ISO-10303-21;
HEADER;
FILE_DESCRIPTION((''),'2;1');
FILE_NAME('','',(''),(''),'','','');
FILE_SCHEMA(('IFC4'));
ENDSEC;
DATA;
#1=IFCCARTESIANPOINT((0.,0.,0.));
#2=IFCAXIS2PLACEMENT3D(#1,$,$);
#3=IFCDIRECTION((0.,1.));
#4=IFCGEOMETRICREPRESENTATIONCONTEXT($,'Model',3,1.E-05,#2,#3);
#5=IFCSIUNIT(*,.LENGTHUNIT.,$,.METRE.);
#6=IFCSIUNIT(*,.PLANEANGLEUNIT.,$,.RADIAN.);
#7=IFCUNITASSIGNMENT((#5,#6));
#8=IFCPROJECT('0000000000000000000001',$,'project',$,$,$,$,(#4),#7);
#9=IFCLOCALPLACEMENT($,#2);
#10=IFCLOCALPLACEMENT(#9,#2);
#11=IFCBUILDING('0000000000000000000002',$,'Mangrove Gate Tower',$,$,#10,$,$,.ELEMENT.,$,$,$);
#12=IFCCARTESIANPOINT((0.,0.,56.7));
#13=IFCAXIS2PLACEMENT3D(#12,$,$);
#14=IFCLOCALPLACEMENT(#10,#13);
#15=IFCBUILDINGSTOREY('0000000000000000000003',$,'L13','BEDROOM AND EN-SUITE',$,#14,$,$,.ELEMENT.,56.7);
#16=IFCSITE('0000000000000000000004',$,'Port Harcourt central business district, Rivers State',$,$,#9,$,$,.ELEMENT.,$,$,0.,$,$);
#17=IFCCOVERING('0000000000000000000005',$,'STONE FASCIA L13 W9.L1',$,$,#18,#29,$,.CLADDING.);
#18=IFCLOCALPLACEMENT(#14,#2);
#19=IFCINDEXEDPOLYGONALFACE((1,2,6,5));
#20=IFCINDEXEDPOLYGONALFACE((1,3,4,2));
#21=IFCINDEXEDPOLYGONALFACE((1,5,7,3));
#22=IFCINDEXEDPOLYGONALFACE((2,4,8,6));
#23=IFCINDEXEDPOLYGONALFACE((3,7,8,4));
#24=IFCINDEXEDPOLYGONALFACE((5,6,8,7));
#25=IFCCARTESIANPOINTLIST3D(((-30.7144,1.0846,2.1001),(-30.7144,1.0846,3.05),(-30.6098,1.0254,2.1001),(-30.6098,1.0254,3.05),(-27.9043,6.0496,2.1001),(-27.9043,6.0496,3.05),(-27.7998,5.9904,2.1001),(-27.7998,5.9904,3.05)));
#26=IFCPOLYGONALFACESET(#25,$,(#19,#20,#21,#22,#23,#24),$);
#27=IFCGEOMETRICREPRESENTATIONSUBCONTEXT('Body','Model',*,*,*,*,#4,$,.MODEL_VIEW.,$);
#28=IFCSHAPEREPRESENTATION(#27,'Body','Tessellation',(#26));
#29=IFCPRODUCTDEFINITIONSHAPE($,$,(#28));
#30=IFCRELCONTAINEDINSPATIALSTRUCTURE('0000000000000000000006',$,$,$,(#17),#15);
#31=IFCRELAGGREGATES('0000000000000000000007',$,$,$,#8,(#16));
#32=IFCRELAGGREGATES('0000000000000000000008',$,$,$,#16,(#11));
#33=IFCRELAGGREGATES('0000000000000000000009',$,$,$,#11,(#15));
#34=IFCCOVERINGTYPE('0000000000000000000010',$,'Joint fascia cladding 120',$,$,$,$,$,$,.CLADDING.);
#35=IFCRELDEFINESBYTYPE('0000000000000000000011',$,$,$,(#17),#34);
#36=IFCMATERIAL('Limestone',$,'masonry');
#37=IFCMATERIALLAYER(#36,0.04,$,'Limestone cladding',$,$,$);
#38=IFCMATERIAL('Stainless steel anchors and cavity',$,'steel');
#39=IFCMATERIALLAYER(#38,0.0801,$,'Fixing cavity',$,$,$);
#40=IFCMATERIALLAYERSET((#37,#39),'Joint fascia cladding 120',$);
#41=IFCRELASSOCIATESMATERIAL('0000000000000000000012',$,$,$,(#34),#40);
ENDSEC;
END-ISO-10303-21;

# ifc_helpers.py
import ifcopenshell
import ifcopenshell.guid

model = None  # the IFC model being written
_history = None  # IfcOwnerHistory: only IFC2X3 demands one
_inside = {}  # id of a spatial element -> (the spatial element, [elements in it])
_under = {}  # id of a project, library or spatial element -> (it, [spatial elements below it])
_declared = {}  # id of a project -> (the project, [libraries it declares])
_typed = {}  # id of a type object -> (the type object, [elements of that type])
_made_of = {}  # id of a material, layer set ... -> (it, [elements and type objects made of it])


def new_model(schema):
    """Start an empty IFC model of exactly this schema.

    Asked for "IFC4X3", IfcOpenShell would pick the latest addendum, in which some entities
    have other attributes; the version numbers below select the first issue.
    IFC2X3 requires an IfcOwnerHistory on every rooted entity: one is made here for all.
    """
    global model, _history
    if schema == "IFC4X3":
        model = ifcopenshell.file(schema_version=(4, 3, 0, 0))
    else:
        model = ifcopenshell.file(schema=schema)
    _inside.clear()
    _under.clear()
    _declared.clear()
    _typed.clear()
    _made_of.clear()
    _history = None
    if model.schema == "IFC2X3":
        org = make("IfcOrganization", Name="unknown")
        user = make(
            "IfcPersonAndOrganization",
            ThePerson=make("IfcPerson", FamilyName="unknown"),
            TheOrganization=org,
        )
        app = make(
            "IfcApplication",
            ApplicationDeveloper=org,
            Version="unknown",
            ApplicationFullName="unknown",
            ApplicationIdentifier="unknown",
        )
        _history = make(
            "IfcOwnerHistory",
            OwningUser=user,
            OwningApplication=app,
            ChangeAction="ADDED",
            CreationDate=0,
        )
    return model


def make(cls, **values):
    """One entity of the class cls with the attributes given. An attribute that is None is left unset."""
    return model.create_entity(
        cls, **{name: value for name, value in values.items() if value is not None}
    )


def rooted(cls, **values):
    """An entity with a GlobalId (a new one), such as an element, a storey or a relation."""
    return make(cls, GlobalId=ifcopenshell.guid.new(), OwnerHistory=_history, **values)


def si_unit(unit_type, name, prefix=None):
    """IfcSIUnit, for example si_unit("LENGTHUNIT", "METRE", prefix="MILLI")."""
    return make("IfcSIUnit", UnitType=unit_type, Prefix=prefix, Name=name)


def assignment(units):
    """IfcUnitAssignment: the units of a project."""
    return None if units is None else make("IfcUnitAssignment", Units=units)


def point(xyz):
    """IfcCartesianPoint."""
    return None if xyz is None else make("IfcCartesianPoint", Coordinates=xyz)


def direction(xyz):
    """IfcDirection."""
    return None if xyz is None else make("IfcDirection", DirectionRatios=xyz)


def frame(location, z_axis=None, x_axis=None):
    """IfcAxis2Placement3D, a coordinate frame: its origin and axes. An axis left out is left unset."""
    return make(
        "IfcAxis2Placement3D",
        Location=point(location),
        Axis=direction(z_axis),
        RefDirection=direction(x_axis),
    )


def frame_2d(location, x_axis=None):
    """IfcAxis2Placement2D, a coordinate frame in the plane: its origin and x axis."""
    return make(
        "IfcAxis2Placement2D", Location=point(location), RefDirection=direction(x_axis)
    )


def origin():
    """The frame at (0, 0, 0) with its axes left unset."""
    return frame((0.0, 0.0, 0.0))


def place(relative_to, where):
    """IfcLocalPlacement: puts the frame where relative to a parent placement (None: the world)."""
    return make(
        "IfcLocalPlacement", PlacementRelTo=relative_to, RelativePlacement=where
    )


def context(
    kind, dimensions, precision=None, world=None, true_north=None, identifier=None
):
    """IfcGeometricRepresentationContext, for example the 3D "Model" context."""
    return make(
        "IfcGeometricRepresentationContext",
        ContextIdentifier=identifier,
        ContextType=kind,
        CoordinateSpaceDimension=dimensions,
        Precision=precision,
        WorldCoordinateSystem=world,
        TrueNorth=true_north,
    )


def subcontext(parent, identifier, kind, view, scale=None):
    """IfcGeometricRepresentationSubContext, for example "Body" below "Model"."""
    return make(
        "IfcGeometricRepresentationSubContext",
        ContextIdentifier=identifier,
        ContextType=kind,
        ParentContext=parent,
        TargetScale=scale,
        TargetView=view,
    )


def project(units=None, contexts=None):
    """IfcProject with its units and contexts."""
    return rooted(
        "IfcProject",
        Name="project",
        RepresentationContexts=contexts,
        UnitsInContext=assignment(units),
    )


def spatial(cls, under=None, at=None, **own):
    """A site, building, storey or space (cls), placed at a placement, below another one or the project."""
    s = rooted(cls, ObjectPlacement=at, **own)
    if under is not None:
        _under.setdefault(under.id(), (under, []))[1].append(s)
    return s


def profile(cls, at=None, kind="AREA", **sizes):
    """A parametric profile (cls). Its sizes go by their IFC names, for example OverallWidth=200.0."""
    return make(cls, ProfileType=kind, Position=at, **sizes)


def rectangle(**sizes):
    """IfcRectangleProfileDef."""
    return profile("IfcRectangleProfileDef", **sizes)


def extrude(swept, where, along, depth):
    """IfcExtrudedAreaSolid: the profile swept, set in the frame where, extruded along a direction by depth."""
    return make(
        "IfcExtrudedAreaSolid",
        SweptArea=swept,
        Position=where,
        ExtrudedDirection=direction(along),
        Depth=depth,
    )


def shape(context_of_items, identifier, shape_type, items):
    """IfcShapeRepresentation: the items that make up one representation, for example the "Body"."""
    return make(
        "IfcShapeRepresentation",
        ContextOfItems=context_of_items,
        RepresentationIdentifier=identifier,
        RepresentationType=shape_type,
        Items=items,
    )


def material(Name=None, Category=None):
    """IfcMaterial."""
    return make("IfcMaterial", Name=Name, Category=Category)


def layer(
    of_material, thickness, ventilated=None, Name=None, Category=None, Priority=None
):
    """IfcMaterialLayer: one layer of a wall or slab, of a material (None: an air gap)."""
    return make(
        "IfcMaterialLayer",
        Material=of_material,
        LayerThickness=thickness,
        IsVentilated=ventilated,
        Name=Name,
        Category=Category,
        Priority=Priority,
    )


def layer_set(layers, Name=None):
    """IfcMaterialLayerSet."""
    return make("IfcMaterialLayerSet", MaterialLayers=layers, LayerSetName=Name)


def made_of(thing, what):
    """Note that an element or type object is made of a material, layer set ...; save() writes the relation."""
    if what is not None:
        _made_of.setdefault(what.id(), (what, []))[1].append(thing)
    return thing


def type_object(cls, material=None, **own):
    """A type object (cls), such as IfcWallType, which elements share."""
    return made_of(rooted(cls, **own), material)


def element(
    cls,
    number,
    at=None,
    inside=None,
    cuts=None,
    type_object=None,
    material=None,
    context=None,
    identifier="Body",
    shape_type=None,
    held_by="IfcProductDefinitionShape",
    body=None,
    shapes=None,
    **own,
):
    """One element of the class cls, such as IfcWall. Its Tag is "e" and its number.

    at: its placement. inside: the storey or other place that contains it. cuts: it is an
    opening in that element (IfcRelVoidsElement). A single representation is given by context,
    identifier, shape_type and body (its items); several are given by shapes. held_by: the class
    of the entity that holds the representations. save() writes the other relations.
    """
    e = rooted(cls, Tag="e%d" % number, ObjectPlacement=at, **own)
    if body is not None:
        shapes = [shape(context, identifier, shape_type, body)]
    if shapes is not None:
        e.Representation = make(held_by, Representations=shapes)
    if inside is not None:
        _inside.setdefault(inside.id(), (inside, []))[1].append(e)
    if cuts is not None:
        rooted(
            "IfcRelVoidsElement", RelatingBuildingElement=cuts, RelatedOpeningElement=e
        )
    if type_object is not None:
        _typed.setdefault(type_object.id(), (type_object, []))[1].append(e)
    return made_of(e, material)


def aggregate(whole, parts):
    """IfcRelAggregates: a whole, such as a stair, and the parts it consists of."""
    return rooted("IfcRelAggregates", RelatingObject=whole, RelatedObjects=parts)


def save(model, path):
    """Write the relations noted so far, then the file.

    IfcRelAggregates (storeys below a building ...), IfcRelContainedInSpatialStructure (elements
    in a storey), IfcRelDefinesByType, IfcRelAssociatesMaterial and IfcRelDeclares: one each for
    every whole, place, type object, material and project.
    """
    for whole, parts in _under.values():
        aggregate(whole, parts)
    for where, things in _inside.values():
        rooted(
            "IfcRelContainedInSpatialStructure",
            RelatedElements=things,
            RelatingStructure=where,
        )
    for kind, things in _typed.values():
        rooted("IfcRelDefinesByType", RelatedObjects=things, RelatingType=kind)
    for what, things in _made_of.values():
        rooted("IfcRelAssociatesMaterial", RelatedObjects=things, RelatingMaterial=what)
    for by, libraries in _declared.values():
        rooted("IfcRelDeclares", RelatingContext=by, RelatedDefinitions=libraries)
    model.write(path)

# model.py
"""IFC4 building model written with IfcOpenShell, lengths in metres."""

from ifc_helpers import new_model, si_unit, direction, frame, frame_2d, origin, place, context, subcontext, project, spatial, rectangle, extrude, material, layer, layer_set, type_object, element, save


model = new_model("IFC4")

# Units and contexts
model_context = context("Model", 3, precision=1e-05, world=origin(), true_north=direction((0.0, 1.0)))
body_context = subcontext(model_context, "Body", "Model", "MODEL_VIEW")
ifc_project = project(units=[si_unit("LENGTHUNIT", "METRE"), si_unit("PLANEANGLEUNIT", "RADIAN")], contexts=[model_context])

# Site, building, storey
site_placement = place(None, origin())
site = spatial("IfcSite", under=ifc_project, at=site_placement, Name="Port Harcourt central business district, Rivers State", CompositionType="ELEMENT", RefElevation=0.0)
building_placement = place(site_placement, origin())
building = spatial("IfcBuilding", under=site, at=building_placement, Name="Mangrove Gate Tower", CompositionType="ELEMENT")
storey_placement = place(building_placement, frame((0.0, 0.0, 56.7)))
storey = spatial("IfcBuildingStorey", under=building, at=storey_placement, Name="L13", Description="BEDROOM AND EN-SUITE", CompositionType="ELEMENT", Elevation=56.7)

# Shared definitions
ifc_material_1 = material(Name="Limestone", Category="masonry")

# Covering
ifc_layer_1 = layer(ifc_material_1, 0.04, Name="Limestone cladding")
ifc_material_2 = material(Name="Stainless steel anchors and cavity", Category="steel")
ifc_layer_2 = layer(ifc_material_2, 0.0801, Name="Fixing cavity")
ifc_layer_set_1 = layer_set([ifc_layer_1, ifc_layer_2], Name="Joint fascia cladding 120")
covering_type = type_object("IfcCoveringType", Name="Joint fascia cladding 120", PredefinedType="CLADDING", material=ifc_layer_set_1)
covering_placement = place(storey_placement, frame((-27.8521, 6.02, 2.1001), z_axis=(0.0, 0.0, 1.0), x_axis=(-0.492549, -0.870285, 0.0)))
element("IfcCovering", 1, at=covering_placement, inside=storey, type_object=covering_type, Name="STONE FASCIA L13 W9.L1", PredefinedType="CLADDING", context=body_context, shape_type="SweptSolid", body=[
    extrude(rectangle(XDim=5.7051, YDim=0.1201, at=frame_2d((2.8525, 0.0))), origin(), (0.0, 0.0, 1.0), 0.95),
])

save(model, "model.ifc")
